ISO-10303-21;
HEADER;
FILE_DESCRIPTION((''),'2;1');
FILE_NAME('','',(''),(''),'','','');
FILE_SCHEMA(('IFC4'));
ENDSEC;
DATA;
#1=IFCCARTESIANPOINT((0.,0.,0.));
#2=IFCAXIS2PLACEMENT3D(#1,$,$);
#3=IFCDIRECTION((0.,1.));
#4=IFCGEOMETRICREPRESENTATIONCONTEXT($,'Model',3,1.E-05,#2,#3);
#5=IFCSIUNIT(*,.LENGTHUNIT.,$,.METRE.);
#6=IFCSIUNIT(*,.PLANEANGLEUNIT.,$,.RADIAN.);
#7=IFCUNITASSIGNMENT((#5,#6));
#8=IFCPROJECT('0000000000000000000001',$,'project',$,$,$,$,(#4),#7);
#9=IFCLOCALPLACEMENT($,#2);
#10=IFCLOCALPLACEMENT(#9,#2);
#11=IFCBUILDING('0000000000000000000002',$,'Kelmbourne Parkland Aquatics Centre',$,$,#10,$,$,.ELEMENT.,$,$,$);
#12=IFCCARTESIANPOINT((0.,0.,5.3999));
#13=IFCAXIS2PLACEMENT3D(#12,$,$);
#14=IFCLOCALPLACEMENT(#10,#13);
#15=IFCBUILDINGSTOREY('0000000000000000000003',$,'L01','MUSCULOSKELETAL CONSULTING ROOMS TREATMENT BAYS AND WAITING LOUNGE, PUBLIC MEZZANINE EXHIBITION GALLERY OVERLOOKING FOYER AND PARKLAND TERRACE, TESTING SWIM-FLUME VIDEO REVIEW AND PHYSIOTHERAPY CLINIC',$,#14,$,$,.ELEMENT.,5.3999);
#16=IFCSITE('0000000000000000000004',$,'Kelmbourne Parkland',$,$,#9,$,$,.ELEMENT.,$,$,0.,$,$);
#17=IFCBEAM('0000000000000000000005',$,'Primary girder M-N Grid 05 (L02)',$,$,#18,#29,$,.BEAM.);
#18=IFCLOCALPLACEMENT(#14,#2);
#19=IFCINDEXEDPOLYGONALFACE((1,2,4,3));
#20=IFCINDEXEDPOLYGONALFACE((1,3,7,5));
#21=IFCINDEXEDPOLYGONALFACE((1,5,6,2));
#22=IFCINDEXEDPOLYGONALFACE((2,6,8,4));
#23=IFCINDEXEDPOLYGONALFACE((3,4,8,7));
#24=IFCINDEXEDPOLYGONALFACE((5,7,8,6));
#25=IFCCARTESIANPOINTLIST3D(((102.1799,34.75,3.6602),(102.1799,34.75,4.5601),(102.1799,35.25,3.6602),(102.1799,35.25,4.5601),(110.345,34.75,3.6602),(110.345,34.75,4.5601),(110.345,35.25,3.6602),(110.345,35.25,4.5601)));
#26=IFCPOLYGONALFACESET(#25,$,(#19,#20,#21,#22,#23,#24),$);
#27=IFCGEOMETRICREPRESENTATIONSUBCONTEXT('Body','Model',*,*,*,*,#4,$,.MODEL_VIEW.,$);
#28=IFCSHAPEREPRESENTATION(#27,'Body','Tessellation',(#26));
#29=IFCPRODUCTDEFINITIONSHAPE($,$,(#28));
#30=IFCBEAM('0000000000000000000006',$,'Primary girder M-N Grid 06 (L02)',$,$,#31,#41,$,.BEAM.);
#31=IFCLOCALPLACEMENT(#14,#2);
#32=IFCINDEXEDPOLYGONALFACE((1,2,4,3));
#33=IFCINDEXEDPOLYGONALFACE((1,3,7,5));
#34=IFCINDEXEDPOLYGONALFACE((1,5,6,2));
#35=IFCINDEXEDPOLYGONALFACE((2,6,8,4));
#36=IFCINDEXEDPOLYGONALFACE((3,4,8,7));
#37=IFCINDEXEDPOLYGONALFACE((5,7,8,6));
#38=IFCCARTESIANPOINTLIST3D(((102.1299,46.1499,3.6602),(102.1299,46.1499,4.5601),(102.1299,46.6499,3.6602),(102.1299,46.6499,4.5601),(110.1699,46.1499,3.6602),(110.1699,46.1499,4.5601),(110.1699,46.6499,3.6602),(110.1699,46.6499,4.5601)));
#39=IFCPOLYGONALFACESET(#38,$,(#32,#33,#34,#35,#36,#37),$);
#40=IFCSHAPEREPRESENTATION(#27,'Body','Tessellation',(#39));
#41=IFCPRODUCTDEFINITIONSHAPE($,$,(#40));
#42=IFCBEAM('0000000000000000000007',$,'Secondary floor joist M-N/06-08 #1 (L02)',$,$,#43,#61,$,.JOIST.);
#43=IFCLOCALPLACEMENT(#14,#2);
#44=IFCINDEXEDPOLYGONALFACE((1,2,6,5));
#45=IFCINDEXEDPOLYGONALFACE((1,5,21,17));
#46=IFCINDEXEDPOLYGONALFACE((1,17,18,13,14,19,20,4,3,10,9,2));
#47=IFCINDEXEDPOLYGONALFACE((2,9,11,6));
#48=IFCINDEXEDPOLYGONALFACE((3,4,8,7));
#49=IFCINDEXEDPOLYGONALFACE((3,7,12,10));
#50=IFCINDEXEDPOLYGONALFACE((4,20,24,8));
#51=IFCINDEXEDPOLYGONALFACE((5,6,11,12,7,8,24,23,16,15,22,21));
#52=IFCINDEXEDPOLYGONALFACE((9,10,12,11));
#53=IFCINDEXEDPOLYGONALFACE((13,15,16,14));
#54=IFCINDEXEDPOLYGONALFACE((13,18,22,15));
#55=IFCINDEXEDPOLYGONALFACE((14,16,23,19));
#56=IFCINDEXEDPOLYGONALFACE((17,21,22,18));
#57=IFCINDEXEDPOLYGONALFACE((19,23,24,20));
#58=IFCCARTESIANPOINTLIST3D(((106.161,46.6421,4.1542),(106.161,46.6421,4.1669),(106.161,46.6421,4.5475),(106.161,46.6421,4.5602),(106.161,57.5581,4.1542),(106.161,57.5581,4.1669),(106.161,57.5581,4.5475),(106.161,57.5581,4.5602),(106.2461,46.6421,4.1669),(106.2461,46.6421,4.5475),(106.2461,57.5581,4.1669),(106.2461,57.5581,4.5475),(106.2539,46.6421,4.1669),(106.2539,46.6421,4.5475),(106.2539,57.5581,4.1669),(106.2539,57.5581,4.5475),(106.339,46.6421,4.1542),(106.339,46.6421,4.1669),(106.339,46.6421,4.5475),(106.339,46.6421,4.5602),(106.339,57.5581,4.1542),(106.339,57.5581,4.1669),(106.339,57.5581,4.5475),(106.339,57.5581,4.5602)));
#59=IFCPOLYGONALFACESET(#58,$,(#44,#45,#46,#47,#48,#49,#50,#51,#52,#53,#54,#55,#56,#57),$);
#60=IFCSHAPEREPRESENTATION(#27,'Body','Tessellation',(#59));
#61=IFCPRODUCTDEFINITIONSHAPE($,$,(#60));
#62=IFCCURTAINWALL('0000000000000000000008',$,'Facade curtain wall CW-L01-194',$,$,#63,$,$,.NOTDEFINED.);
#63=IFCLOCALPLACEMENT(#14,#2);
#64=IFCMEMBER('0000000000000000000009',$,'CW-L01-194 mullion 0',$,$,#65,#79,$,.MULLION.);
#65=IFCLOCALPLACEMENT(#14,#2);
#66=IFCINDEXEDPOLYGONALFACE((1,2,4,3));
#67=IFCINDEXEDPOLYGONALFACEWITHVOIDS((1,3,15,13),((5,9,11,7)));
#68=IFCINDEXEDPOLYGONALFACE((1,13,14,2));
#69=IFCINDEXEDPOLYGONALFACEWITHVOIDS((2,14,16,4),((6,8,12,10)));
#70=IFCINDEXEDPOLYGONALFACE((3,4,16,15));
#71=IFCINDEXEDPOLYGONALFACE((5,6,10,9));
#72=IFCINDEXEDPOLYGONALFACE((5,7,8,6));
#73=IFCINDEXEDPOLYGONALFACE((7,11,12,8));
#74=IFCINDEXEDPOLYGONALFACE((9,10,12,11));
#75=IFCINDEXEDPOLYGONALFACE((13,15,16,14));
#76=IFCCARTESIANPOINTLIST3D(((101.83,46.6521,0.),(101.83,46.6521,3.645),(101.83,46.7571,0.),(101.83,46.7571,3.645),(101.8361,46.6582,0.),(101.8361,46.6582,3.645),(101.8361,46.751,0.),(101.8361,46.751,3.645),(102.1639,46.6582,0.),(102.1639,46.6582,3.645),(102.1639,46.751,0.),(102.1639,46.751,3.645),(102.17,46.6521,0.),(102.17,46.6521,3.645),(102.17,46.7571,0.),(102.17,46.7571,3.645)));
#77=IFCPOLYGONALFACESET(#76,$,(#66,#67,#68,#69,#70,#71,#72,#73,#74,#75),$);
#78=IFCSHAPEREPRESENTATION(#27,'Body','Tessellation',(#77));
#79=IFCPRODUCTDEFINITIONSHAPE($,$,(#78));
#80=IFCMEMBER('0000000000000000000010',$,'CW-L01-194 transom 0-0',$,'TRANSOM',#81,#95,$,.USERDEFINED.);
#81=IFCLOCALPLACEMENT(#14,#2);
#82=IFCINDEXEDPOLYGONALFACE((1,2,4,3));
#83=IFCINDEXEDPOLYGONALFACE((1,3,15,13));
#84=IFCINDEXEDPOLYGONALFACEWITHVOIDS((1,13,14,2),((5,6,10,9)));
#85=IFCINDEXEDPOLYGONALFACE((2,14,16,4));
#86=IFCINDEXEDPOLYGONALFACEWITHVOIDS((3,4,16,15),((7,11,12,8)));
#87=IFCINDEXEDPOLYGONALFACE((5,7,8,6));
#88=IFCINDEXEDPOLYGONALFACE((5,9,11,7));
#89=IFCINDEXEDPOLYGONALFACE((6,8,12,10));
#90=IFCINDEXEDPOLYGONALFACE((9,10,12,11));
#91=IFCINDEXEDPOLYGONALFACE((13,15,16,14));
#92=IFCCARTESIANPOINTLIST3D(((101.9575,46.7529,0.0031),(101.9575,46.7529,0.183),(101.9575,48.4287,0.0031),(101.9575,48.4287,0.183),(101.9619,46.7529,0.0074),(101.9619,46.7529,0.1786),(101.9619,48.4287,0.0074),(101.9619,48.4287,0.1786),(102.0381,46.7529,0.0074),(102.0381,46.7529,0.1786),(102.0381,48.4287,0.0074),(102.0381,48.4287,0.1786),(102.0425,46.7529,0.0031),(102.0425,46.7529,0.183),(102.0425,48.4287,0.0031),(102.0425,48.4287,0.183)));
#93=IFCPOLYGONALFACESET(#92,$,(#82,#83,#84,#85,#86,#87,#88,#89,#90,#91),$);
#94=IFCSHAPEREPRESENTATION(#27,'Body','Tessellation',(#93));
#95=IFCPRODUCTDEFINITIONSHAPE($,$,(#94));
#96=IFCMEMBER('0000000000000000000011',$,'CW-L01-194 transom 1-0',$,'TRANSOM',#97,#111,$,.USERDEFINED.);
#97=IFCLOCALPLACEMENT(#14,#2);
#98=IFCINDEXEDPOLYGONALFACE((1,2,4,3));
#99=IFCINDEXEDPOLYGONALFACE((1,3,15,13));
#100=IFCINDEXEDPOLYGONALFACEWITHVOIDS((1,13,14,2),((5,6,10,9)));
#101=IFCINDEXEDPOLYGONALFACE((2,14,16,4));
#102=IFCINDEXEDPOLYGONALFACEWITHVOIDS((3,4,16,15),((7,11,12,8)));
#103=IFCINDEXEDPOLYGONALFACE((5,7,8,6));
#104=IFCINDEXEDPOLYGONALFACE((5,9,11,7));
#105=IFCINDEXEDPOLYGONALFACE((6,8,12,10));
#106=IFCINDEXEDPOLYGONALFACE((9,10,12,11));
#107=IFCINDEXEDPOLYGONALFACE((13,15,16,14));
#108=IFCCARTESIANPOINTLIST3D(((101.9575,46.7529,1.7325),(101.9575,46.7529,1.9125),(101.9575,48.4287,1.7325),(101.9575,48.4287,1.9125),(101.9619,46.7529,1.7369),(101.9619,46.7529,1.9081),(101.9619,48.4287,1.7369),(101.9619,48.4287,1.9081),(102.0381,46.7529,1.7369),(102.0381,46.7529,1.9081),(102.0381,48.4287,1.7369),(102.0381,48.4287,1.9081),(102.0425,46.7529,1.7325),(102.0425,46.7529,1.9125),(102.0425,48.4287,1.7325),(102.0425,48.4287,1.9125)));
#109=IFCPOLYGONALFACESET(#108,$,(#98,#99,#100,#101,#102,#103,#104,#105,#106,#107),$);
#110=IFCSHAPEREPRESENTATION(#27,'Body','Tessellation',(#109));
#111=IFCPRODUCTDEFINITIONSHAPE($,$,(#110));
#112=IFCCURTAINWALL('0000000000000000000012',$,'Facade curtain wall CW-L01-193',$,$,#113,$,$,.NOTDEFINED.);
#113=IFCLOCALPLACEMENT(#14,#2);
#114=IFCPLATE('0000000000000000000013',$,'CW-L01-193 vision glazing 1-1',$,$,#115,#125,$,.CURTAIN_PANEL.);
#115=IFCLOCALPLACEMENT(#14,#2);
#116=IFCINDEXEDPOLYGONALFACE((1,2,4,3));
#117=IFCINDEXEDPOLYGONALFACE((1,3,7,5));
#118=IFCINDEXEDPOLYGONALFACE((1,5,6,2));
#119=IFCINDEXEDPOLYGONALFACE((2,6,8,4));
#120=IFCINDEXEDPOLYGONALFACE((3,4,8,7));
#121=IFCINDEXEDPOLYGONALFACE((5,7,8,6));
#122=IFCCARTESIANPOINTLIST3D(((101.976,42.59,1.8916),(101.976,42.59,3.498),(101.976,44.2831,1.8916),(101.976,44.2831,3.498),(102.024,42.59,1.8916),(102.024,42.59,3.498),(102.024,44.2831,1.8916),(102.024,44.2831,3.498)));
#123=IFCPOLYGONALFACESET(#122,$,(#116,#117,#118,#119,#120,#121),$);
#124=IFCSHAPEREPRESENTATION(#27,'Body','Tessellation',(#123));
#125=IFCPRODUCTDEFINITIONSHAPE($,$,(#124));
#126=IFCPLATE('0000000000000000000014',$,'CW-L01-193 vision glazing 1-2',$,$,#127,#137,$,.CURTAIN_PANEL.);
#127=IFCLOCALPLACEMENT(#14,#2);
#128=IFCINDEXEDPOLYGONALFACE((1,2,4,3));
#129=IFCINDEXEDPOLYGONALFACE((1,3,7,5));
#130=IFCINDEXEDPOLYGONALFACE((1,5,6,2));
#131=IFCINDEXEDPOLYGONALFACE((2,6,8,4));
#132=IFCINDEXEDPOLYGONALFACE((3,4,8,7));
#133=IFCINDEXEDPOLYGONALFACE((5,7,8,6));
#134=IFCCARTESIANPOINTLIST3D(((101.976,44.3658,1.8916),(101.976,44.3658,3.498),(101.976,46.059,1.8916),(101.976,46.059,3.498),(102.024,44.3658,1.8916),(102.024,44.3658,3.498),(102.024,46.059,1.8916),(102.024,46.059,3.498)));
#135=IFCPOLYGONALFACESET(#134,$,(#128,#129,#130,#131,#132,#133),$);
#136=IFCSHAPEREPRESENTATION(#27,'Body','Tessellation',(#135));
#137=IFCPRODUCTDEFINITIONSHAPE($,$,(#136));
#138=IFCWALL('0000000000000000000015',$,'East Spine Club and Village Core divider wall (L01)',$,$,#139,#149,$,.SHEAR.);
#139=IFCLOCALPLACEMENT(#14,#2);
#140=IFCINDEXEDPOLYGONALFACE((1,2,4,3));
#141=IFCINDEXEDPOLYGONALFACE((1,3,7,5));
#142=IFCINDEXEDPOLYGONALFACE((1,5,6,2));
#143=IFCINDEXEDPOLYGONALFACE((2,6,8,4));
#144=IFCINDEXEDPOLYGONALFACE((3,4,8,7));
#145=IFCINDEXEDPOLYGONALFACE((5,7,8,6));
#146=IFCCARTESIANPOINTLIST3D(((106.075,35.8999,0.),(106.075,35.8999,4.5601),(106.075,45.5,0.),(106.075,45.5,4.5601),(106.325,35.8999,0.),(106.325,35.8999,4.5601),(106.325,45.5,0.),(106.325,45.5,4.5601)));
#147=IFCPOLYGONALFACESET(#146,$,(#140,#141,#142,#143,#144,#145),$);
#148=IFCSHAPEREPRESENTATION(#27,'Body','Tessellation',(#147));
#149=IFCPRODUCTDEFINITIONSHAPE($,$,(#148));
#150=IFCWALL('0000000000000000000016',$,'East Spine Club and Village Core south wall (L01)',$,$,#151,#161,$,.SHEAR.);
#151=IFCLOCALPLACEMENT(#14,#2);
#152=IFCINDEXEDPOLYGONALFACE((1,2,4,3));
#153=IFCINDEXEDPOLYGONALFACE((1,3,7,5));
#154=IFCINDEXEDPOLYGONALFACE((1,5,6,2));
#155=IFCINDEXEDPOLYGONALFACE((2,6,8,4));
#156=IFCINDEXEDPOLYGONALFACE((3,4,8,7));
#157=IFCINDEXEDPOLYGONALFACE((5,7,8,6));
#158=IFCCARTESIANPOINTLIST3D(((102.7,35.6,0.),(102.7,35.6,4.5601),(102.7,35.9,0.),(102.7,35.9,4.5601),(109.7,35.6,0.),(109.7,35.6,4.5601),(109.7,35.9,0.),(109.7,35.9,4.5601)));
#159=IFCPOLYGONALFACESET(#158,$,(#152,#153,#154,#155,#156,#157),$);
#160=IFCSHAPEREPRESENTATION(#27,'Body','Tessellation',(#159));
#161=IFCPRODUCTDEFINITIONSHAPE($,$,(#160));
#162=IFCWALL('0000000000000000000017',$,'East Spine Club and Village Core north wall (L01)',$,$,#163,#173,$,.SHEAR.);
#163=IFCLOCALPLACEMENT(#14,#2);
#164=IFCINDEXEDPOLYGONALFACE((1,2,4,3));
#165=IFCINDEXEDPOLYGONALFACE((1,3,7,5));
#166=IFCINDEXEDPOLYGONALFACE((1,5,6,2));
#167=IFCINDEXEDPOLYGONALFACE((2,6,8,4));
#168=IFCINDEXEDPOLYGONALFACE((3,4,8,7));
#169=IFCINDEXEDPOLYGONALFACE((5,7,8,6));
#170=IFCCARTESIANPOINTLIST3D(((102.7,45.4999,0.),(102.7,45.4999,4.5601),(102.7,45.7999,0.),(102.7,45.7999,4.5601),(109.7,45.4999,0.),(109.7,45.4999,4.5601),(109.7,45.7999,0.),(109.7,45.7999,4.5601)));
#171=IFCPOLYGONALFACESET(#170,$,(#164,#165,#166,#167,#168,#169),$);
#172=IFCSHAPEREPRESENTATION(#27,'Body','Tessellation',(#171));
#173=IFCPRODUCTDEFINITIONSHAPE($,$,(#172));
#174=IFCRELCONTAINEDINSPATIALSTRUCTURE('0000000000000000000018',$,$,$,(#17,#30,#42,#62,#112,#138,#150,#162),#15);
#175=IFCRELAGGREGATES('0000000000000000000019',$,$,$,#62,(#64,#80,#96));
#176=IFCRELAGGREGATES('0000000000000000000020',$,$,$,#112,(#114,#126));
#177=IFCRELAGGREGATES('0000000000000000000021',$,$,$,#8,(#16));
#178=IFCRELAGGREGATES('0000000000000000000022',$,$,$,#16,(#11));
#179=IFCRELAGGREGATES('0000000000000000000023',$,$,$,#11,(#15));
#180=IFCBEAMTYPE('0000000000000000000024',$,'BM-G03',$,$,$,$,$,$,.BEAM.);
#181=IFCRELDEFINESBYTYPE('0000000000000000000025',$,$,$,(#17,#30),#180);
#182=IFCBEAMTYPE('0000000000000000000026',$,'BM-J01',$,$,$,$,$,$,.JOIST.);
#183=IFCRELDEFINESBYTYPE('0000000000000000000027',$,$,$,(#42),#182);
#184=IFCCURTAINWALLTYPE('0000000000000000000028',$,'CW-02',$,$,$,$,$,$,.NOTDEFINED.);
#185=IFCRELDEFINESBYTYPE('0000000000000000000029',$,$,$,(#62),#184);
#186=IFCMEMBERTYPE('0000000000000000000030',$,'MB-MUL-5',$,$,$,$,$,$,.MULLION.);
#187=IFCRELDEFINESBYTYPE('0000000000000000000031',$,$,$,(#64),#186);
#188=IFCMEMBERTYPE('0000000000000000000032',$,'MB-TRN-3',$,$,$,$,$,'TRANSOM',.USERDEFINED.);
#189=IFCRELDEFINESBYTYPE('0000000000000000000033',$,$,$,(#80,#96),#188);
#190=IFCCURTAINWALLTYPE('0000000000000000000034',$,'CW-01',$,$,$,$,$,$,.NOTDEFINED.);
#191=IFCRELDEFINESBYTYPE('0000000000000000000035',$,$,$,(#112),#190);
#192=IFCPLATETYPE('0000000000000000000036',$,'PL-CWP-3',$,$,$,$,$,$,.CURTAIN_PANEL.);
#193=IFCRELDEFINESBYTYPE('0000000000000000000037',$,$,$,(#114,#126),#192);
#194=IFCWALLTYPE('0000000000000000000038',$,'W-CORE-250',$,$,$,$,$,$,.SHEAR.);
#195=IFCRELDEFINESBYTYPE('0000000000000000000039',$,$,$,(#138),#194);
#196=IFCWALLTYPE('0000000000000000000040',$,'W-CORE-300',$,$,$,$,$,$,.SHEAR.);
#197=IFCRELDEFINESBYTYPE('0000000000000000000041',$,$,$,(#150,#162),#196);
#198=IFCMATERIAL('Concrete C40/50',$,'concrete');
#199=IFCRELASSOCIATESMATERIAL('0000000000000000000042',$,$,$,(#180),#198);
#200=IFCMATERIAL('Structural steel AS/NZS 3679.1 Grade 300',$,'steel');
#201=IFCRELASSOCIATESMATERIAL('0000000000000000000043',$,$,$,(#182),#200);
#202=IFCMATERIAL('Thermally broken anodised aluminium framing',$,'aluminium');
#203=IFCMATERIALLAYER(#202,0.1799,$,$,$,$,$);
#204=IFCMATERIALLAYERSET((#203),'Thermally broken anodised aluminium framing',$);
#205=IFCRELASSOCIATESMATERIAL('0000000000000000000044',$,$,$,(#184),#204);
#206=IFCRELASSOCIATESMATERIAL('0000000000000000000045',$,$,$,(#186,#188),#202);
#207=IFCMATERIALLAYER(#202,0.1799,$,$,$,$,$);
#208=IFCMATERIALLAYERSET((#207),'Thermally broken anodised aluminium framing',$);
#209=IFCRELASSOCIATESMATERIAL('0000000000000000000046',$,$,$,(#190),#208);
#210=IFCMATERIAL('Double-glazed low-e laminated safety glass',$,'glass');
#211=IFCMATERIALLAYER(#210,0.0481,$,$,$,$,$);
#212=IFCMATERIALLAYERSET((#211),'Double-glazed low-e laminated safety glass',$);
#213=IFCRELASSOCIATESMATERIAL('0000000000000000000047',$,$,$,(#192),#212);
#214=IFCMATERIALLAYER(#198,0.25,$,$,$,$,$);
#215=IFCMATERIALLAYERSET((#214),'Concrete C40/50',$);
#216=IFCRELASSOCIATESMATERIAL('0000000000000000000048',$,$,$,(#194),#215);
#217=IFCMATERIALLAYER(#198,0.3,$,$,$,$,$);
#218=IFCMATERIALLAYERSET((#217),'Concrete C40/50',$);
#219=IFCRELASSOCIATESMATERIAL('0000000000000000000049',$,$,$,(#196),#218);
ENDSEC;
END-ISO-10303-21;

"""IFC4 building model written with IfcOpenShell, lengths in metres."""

from ifc_helpers import new_model, si_unit, direction, frame, frame_2d, origin, origin_2d, place, context, subcontext, project, spatial, rectangle, hollow_rectangle, i_section, extrude, material, layer, layer_set, material_profile, profile_set, type_object, element, aggregate, save


model = new_model("IFC4")

# Units and contexts
model_context = context("Model", 3, precision=1e-05, world=origin(), true_north=direction((0.0, 1.0)))
body_context = subcontext(model_context, "Body", "Model", "MODEL_VIEW")
ifc_project = project(units=[si_unit("LENGTHUNIT", "METRE"), si_unit("PLANEANGLEUNIT", "RADIAN")], contexts=[model_context])

# Site, building, storey
site_placement = place(None, origin())
site = spatial("IfcSite", under=ifc_project, at=site_placement, Name="Kelmbourne Parkland", CompositionType="ELEMENT", RefElevation=0.0)
building_placement = place(site_placement, origin())
building = spatial("IfcBuilding", under=site, at=building_placement, Name="Kelmbourne Parkland Aquatics Centre", CompositionType="ELEMENT")
storey_placement = place(building_placement, frame((0.0, 0.0, 5.3999)))
storey = spatial("IfcBuildingStorey", under=building, at=storey_placement, Name="L01", Description="MUSCULOSKELETAL CONSULTING ROOMS TREATMENT BAYS AND WAITING LOUNGE, PUBLIC MEZZANINE EXHIBITION GALLERY OVERLOOKING FOYER AND PARKLAND TERRACE, TESTING SWIM-FLUME VIDEO REVIEW AND PHYSIOTHERAPY CLINIC", CompositionType="ELEMENT", Elevation=5.3999)

# Beams
ifc_material_1 = material(Name="Concrete C40/50", Category="concrete")
ifc_material_profile_1 = material_profile(ifc_material_1, rectangle(XDim=0.5, YDim=0.8999, at=origin_2d()), Name="RC 500x900")
ifc_profile_set_1 = profile_set([ifc_material_profile_1], Name="Concrete C40/50")
beam_type_1 = type_object("IfcBeamType", Name="BM-G03", PredefinedType="BEAM", material=ifc_profile_set_1)
beam_1_placement = place(storey_placement, frame((102.1799, 35.0, 4.1101), z_axis=(1.0, 0.0, 0.0), x_axis=(0.0, 1.0, 0.0)))
element("IfcBeam", 1, at=beam_1_placement, inside=storey, type_object=beam_type_1, Name="Primary girder M-N Grid 05 (L02)", PredefinedType="BEAM", context=body_context, shape_type="SweptSolid", body=[
    extrude(rectangle(XDim=0.5, YDim=0.8999, at=origin_2d()), origin(), (0.0, 0.0, 1.0), 8.165),
])
beam_2_placement = place(storey_placement, frame((102.1299, 46.3999, 4.1101), z_axis=(1.0, 0.0, 0.0), x_axis=(0.0, 1.0, 0.0)))
element("IfcBeam", 2, at=beam_2_placement, inside=storey, type_object=beam_type_1, Name="Primary girder M-N Grid 06 (L02)", PredefinedType="BEAM", context=body_context, shape_type="SweptSolid", body=[
    extrude(rectangle(XDim=0.5, YDim=0.8999, at=origin_2d()), origin(), (0.0, 0.0, 1.0), 8.04),
])
ifc_material_2 = material(Name="Structural steel AS/NZS 3679.1 Grade 300", Category="steel")
ifc_material_profile_2 = material_profile(ifc_material_2, i_section(OverallWidth=0.178, OverallDepth=0.406, WebThickness=0.0078, FlangeThickness=0.0127, at=origin_2d()), Name="410UB59.7")
ifc_profile_set_2 = profile_set([ifc_material_profile_2], Name="Structural steel AS/NZS 3679.1 Grade 300")
beam_type_2 = type_object("IfcBeamType", Name="BM-J01", PredefinedType="JOIST", material=ifc_profile_set_2)
beam_3_placement = place(storey_placement, frame((106.25, 46.6421, 4.3572), z_axis=(0.0, 1.0, 0.0), x_axis=(-1.0, 0.0, 0.0)))
element("IfcBeam", 3, at=beam_3_placement, inside=storey, type_object=beam_type_2, Name="Secondary floor joist M-N/06-08 #1 (L02)", PredefinedType="JOIST", context=body_context, shape_type="SweptSolid", body=[
    extrude(i_section(OverallWidth=0.178, OverallDepth=0.406, WebThickness=0.0078, FlangeThickness=0.0127, at=origin_2d()), origin(), (0.0, 0.0, 1.0), 10.916),
])

# Curtain wall, members
ifc_material_3 = material(Name="Thermally broken anodised aluminium framing", Category="aluminium")
ifc_layer_1 = layer(ifc_material_3, 0.1799)
ifc_layer_set_1 = layer_set([ifc_layer_1], Name="Thermally broken anodised aluminium framing")
curtain_wall_type_1 = type_object("IfcCurtainWallType", Name="CW-02", PredefinedType="NOTDEFINED", material=ifc_layer_set_1)
curtain_wall_1_placement = place(storey_placement, origin())
curtain_wall_1 = element("IfcCurtainWall", 4, at=curtain_wall_1_placement, inside=storey, type_object=curtain_wall_type_1, Name="Facade curtain wall CW-L01-194", PredefinedType="NOTDEFINED")
ifc_material_profile_3 = material_profile(ifc_material_3, hollow_rectangle(XDim=0.105, YDim=0.3401, WallThickness=0.0061, at=origin_2d()), Name="CW-M 105x340")
ifc_profile_set_3 = profile_set([ifc_material_profile_3], Name="Thermally broken anodised aluminium framing")
member_type_1 = type_object("IfcMemberType", Name="MB-MUL-5", PredefinedType="MULLION", material=ifc_profile_set_3)
member_1_placement = place(storey_placement, frame((102.0, 46.7046, 0.0), z_axis=(0.0, 0.0, 1.0), x_axis=(0.0, 1.0, 0.0)))
member_1 = element("IfcMember", 5, at=member_1_placement, type_object=member_type_1, Name="CW-L01-194 mullion 0", PredefinedType="MULLION", context=body_context, shape_type="SweptSolid", body=[
    extrude(hollow_rectangle(XDim=0.105, YDim=0.3401, WallThickness=0.0061, at=origin_2d()), origin(), (0.0, 0.0, 1.0), 3.645),
])
ifc_material_profile_4 = material_profile(ifc_material_3, hollow_rectangle(XDim=0.085, YDim=0.1799, WallThickness=0.0044, at=origin_2d()), Name="CW-T 85x180")
ifc_profile_set_4 = profile_set([ifc_material_profile_4], Name="Thermally broken anodised aluminium framing")
member_type_2 = type_object("IfcMemberType", Name="MB-TRN-3", ElementType="TRANSOM", PredefinedType="USERDEFINED", material=ifc_profile_set_4)
member_2_placement = place(storey_placement, frame((102.0, 46.7529, 0.093), z_axis=(0.0, 1.0, 0.0), x_axis=(-1.0, 0.0, 0.0)))
member_2 = element("IfcMember", 6, at=member_2_placement, type_object=member_type_2, Name="CW-L01-194 transom 0-0", ObjectType="TRANSOM", PredefinedType="USERDEFINED", context=body_context, shape_type="SweptSolid", body=[
    extrude(hollow_rectangle(XDim=0.085, YDim=0.1799, WallThickness=0.0044, at=origin_2d()), origin(), (0.0, 0.0, 1.0), 1.6758),
])
member_3_placement = place(storey_placement, frame((102.0, 46.7529, 1.8225), z_axis=(0.0, 1.0, 0.0), x_axis=(-1.0, 0.0, 0.0)))
member_3 = element("IfcMember", 7, at=member_3_placement, type_object=member_type_2, Name="CW-L01-194 transom 1-0", ObjectType="TRANSOM", PredefinedType="USERDEFINED", context=body_context, shape_type="SweptSolid", body=[
    extrude(hollow_rectangle(XDim=0.085, YDim=0.1799, WallThickness=0.0044, at=origin_2d()), origin(), (0.0, 0.0, 1.0), 1.6758),
])
aggregate(curtain_wall_1, [member_1, member_2, member_3])

# Curtain wall, plates
ifc_layer_2 = layer(ifc_material_3, 0.1799)
ifc_layer_set_2 = layer_set([ifc_layer_2], Name="Thermally broken anodised aluminium framing")
curtain_wall_type_2 = type_object("IfcCurtainWallType", Name="CW-01", PredefinedType="NOTDEFINED", material=ifc_layer_set_2)
curtain_wall_2_placement = place(storey_placement, origin())
curtain_wall_2 = element("IfcCurtainWall", 8, at=curtain_wall_2_placement, inside=storey, type_object=curtain_wall_type_2, Name="Facade curtain wall CW-L01-193", PredefinedType="NOTDEFINED")
ifc_material_4 = material(Name="Double-glazed low-e laminated safety glass", Category="glass")
ifc_layer_3 = layer(ifc_material_4, 0.0481)
ifc_layer_set_3 = layer_set([ifc_layer_3], Name="Double-glazed low-e laminated safety glass")
plate_type = type_object("IfcPlateType", Name="PL-CWP-3", PredefinedType="CURTAIN_PANEL", material=ifc_layer_set_3)
plate_1_placement = place(storey_placement, frame((102.0, 43.4365, 1.8916), z_axis=(0.0, 0.0, 1.0), x_axis=(0.0, 1.0, 0.0)))
plate_1 = element("IfcPlate", 9, at=plate_1_placement, type_object=plate_type, Name="CW-L01-193 vision glazing 1-1", PredefinedType="CURTAIN_PANEL", context=body_context, shape_type="SweptSolid", body=[
    extrude(rectangle(XDim=1.6931, YDim=0.0481, at=origin_2d()), origin(), (0.0, 0.0, 1.0), 1.6064),
])
plate_2_placement = place(storey_placement, frame((102.0, 45.2124, 1.8916), z_axis=(0.0, 0.0, 1.0), x_axis=(0.0, 1.0, 0.0)))
plate_2 = element("IfcPlate", 10, at=plate_2_placement, type_object=plate_type, Name="CW-L01-193 vision glazing 1-2", PredefinedType="CURTAIN_PANEL", context=body_context, shape_type="SweptSolid", body=[
    extrude(rectangle(XDim=1.6931, YDim=0.0481, at=origin_2d()), origin(), (0.0, 0.0, 1.0), 1.6064),
])
aggregate(curtain_wall_2, [plate_1, plate_2])

# Walls
ifc_layer_4 = layer(ifc_material_1, 0.25)
ifc_layer_set_4 = layer_set([ifc_layer_4], Name="Concrete C40/50")
wall_type_1 = type_object("IfcWallType", Name="W-CORE-250", PredefinedType="SHEAR", material=ifc_layer_set_4)
wall_1_placement = place(storey_placement, frame((106.2, 35.8999, 0.0), z_axis=(0.0, 0.0, 1.0), x_axis=(0.0, 1.0, 0.0)))
element("IfcWall", 11, at=wall_1_placement, inside=storey, type_object=wall_type_1, Name="East Spine Club and Village Core divider wall (L01)", PredefinedType="SHEAR", context=body_context, shape_type="SweptSolid", body=[
    extrude(rectangle(XDim=9.6001, YDim=0.25, at=frame_2d((4.8, 0.0))), origin(), (0.0, 0.0, 1.0), 4.5601),
])
ifc_layer_5 = layer(ifc_material_1, 0.3)
ifc_layer_set_5 = layer_set([ifc_layer_5], Name="Concrete C40/50")
wall_type_2 = type_object("IfcWallType", Name="W-CORE-300", PredefinedType="SHEAR", material=ifc_layer_set_5)
for number, where, z_axis, x_axis, name in (
    (12, (102.7, 35.75, 0.0), (0.0, 0.0, 1.0), (1.0, 0.0, 0.0), "East Spine Club and Village Core south wall (L01)"),
    (13, (102.7, 45.6499, 0.0), (0.0, 0.0, 1.0), (1.0, 0.0, 0.0), "East Spine Club and Village Core north wall (L01)"),
):
    element("IfcWall", number, at=place(storey_placement, frame(where, z_axis=z_axis, x_axis=x_axis)), inside=storey, type_object=wall_type_2, Name=name, PredefinedType="SHEAR", context=body_context, shape_type="SweptSolid", body=[
        extrude(rectangle(XDim=7.0, YDim=0.3, at=frame_2d((3.5, 0.0))), origin(), (0.0, 0.0, 1.0), 4.5601),
    ])

save(model, "model.ifc")
